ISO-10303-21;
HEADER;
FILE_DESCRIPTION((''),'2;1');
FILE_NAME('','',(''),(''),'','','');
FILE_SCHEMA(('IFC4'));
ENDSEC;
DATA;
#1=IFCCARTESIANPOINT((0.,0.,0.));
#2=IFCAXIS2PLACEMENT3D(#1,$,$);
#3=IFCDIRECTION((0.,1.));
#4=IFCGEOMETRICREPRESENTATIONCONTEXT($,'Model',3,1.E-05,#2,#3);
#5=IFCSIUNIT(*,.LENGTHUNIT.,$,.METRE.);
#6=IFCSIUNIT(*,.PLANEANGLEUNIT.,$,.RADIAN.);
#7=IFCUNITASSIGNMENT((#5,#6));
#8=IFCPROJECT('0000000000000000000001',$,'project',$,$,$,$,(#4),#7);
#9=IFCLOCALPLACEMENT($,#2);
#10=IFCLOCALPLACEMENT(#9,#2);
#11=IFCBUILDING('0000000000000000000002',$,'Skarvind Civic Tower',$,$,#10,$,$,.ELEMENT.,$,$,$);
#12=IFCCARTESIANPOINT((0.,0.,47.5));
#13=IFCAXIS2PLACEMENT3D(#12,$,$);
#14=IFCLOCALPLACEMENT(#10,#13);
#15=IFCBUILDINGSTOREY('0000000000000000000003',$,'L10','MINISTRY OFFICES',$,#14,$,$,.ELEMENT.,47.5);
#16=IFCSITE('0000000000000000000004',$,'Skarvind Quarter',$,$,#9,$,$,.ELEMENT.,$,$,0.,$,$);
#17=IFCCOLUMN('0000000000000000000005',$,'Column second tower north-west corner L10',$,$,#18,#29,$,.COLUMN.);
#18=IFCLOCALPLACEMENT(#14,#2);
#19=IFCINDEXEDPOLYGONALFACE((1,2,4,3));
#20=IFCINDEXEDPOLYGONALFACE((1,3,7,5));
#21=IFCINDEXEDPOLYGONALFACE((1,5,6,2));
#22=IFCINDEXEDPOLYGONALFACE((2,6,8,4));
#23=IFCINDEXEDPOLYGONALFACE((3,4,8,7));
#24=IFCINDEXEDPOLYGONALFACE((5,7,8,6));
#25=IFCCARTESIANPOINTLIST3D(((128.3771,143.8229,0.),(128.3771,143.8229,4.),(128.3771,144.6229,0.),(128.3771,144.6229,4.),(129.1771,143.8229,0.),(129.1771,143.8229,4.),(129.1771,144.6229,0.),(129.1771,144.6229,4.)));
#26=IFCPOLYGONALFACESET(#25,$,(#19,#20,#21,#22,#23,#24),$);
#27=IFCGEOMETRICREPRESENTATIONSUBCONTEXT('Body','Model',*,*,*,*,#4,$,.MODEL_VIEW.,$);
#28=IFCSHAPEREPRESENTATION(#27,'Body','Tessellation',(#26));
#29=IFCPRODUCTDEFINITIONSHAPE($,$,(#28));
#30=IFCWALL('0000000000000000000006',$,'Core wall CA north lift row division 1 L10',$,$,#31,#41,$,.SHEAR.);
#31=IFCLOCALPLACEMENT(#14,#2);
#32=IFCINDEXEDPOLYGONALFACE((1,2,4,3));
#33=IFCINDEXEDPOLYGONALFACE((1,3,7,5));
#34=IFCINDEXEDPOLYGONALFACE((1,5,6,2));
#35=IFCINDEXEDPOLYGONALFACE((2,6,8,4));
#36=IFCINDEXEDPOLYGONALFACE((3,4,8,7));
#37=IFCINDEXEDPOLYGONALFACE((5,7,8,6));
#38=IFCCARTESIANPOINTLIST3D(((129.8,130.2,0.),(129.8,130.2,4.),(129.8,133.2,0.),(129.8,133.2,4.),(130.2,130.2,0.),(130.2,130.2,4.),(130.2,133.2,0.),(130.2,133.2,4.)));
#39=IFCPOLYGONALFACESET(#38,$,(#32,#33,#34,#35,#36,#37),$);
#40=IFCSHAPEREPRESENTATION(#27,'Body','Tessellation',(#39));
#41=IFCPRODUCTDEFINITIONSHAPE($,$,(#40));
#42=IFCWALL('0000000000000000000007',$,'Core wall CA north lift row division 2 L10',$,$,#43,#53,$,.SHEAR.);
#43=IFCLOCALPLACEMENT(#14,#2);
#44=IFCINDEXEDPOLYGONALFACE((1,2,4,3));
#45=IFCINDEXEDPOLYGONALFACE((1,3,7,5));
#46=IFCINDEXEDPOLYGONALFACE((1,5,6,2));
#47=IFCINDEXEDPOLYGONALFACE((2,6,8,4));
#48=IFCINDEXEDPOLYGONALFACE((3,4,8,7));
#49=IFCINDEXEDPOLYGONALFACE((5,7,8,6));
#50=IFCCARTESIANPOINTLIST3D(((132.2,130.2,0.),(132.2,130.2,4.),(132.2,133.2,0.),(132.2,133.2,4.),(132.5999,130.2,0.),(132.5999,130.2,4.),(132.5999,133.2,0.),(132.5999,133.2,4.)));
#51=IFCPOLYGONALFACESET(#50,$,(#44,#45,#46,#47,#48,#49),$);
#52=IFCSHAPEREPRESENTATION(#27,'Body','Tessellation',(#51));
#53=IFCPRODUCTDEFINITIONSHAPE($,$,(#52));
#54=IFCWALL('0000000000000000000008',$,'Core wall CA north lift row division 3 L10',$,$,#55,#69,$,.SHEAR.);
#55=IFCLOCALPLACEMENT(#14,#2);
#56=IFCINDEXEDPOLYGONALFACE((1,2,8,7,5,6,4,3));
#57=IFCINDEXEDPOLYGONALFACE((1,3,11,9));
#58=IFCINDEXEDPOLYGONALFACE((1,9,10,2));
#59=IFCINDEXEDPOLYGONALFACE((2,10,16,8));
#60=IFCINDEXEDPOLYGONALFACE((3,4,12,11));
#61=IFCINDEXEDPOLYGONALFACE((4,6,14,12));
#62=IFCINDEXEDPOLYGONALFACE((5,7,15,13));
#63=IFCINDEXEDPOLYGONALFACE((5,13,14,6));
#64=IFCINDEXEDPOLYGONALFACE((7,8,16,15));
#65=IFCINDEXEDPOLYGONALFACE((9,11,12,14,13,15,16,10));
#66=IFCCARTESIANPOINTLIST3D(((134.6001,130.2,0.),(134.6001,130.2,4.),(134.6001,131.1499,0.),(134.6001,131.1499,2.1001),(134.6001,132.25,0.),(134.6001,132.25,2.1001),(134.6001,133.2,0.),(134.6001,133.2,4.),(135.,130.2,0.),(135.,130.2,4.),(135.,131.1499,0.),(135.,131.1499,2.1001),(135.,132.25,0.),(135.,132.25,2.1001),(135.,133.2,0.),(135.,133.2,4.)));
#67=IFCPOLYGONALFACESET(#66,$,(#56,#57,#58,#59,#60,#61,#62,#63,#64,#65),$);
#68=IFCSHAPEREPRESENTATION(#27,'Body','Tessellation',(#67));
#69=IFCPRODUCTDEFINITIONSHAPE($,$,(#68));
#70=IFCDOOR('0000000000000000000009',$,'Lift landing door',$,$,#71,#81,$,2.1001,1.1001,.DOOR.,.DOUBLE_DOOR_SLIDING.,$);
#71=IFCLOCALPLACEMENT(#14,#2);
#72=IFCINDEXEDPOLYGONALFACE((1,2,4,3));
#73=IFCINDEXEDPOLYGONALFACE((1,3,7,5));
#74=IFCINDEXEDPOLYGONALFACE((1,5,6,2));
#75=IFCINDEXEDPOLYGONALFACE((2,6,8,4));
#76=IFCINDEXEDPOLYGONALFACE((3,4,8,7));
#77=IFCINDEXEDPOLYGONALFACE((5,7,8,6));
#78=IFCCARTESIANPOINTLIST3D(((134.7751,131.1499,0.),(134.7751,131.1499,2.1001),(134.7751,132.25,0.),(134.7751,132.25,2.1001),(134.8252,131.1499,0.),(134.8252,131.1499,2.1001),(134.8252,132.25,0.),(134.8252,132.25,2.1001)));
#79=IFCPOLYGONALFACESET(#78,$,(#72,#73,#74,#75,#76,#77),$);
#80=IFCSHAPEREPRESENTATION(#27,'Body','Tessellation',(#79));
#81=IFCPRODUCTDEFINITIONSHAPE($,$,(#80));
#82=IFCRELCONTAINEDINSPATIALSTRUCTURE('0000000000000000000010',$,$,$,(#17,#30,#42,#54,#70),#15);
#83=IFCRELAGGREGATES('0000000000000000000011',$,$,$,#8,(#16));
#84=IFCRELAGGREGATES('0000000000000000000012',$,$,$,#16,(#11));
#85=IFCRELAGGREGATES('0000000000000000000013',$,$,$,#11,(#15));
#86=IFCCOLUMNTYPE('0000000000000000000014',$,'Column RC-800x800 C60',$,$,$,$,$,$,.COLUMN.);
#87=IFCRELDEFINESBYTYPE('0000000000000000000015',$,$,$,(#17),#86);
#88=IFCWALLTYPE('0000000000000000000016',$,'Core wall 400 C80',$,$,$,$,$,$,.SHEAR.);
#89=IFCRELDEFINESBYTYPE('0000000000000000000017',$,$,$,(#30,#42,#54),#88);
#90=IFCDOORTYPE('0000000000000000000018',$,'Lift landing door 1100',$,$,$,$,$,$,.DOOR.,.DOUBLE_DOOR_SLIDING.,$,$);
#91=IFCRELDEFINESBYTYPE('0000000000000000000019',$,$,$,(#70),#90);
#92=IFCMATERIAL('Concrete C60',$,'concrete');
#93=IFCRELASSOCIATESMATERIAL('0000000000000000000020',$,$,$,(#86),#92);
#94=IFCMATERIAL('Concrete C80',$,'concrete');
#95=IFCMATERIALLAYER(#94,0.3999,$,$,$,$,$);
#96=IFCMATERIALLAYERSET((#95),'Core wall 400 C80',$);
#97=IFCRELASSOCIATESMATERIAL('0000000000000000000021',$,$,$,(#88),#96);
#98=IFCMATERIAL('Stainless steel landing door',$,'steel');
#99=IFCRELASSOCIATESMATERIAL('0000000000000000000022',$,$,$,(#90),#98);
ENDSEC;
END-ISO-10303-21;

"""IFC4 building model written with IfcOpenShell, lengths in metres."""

from ifc_helpers import new_model, si_unit, direction, frame, frame_2d, origin, origin_2d, place, context, subcontext, project, spatial, rectangle, extrude, material, layer, layer_set, material_profile, profile_set, type_object, element, fill, save


model = new_model("IFC4")

# Units and contexts
model_context = context("Model", 3, precision=1e-05, world=origin(), true_north=direction((0.0, 1.0)))
body_context = subcontext(model_context, "Body", "Model", "MODEL_VIEW")
ifc_project = project(units=[si_unit("LENGTHUNIT", "METRE"), si_unit("PLANEANGLEUNIT", "RADIAN")], contexts=[model_context])

# Site, building, storey
site_placement = place(None, origin())
site = spatial("IfcSite", under=ifc_project, at=site_placement, Name="Skarvind Quarter", CompositionType="ELEMENT", RefElevation=0.0)
building_placement = place(site_placement, origin())
building = spatial("IfcBuilding", under=site, at=building_placement, Name="Skarvind Civic Tower", CompositionType="ELEMENT")
storey_placement = place(building_placement, frame((0.0, 0.0, 47.5)))
storey = spatial("IfcBuildingStorey", under=building, at=storey_placement, Name="L10", Description="MINISTRY OFFICES", CompositionType="ELEMENT", Elevation=47.5)

# Column
ifc_material_1 = material(Name="Concrete C60", Category="concrete")
ifc_material_profile = material_profile(ifc_material_1, rectangle(XDim=0.8, YDim=0.8, at=origin_2d()), Name="RC-800x800")
ifc_profile_set = profile_set([ifc_material_profile], Name="Concrete C60")
column_type = type_object("IfcColumnType", Name="Column RC-800x800 C60", PredefinedType="COLUMN", material=ifc_profile_set)
column_placement = place(storey_placement, frame((128.7771, 144.2229, 0.0), z_axis=(0.0, 0.0, 1.0), x_axis=(1.0, 0.0, 0.0)))
element("IfcColumn", 1, at=column_placement, inside=storey, type_object=column_type, Name="Column second tower north-west corner L10", PredefinedType="COLUMN", context=body_context, shape_type="SweptSolid", body=[
    extrude(rectangle(XDim=0.8, YDim=0.8, at=origin_2d()), origin(), (0.0, 0.0, 1.0), 4.0),
])

# Walls
ifc_material_2 = material(Name="Concrete C80", Category="concrete")
ifc_layer_1 = layer(ifc_material_2, 0.3999)
ifc_layer_set_1 = layer_set([ifc_layer_1], Name="Core wall 400 C80")
wall_type_1 = type_object("IfcWallType", Name="Core wall 400 C80", PredefinedType="SHEAR", material=ifc_layer_set_1)
for number, where, z_axis, x_axis, name in (
    (2, (130.0, 130.2, 0.0), (0.0, 0.0, 1.0), (0.0, 1.0, 0.0), "Core wall CA north lift row division 1 L10"),
    (3, (132.3999, 130.2, 0.0), (0.0, 0.0, 1.0), (0.0, 1.0, 0.0), "Core wall CA north lift row division 2 L10"),
):
    element("IfcWall", number, at=place(storey_placement, frame(where, z_axis=z_axis, x_axis=x_axis)), inside=storey, type_object=wall_type_1, Name=name, PredefinedType="SHEAR", context=body_context, shape_type="SweptSolid", body=[
        extrude(rectangle(XDim=3.0, YDim=0.3999, at=frame_2d((1.5, 0.0))), origin(), (0.0, 0.0, 1.0), 4.0),
    ])

# Wall, opening, door
wall_1_placement = place(storey_placement, frame((134.8, 130.2, 0.0), z_axis=(0.0, 0.0, 1.0), x_axis=(0.0, 1.0, 0.0)))
wall_1 = element("IfcWall", 4, at=wall_1_placement, inside=storey, type_object=wall_type_1, Name="Core wall CA north lift row division 3 L10", PredefinedType="SHEAR", context=body_context, shape_type="SweptSolid", body=[
    extrude(rectangle(XDim=3.0, YDim=0.3999, at=frame_2d((1.5, 0.0))), origin(), (0.0, 0.0, 1.0), 4.0),
])
opening_1_placement = place(wall_1_placement, frame((0.95, 0.0, 0.0)))
opening_1 = element("IfcOpeningElement", 5, at=opening_1_placement, cuts=wall_1, PredefinedType="OPENING", context=body_context, shape_type="SweptSolid", body=[
    extrude(rectangle(XDim=1.1001, YDim=2.1001, at=frame_2d((0.55, 1.05))), frame((0.0, 0.21, 0.0), z_axis=(0.0, -1.0, 0.0), x_axis=(1.0, 0.0, 0.0)), (0.0, 0.0, 1.0), 0.4199),
])
ifc_material_3 = material(Name="Stainless steel landing door", Category="steel")
door_type = type_object("IfcDoorType", Name="Lift landing door 1100", OperationType="DOUBLE_DOOR_SLIDING", PredefinedType="DOOR", material=ifc_material_3)
door_placement = place(opening_1_placement, origin())
door = element("IfcDoor", 6, at=door_placement, inside=storey, type_object=door_type, Name="Lift landing door", OperationType="DOUBLE_DOOR_SLIDING", OverallHeight=2.1001, OverallWidth=1.1001, PredefinedType="DOOR", context=body_context, shape_type="SweptSolid", body=[
    extrude(rectangle(XDim=1.1001, YDim=2.1001, at=frame_2d((0.55, 1.05))), frame((0.0, 0.0249, 0.0), z_axis=(0.0, -1.0, 0.0), x_axis=(1.0, 0.0, 0.0)), (0.0, 0.0, 1.0), 0.05),
])
fill(opening_1, door)

save(model, "model.ifc")
